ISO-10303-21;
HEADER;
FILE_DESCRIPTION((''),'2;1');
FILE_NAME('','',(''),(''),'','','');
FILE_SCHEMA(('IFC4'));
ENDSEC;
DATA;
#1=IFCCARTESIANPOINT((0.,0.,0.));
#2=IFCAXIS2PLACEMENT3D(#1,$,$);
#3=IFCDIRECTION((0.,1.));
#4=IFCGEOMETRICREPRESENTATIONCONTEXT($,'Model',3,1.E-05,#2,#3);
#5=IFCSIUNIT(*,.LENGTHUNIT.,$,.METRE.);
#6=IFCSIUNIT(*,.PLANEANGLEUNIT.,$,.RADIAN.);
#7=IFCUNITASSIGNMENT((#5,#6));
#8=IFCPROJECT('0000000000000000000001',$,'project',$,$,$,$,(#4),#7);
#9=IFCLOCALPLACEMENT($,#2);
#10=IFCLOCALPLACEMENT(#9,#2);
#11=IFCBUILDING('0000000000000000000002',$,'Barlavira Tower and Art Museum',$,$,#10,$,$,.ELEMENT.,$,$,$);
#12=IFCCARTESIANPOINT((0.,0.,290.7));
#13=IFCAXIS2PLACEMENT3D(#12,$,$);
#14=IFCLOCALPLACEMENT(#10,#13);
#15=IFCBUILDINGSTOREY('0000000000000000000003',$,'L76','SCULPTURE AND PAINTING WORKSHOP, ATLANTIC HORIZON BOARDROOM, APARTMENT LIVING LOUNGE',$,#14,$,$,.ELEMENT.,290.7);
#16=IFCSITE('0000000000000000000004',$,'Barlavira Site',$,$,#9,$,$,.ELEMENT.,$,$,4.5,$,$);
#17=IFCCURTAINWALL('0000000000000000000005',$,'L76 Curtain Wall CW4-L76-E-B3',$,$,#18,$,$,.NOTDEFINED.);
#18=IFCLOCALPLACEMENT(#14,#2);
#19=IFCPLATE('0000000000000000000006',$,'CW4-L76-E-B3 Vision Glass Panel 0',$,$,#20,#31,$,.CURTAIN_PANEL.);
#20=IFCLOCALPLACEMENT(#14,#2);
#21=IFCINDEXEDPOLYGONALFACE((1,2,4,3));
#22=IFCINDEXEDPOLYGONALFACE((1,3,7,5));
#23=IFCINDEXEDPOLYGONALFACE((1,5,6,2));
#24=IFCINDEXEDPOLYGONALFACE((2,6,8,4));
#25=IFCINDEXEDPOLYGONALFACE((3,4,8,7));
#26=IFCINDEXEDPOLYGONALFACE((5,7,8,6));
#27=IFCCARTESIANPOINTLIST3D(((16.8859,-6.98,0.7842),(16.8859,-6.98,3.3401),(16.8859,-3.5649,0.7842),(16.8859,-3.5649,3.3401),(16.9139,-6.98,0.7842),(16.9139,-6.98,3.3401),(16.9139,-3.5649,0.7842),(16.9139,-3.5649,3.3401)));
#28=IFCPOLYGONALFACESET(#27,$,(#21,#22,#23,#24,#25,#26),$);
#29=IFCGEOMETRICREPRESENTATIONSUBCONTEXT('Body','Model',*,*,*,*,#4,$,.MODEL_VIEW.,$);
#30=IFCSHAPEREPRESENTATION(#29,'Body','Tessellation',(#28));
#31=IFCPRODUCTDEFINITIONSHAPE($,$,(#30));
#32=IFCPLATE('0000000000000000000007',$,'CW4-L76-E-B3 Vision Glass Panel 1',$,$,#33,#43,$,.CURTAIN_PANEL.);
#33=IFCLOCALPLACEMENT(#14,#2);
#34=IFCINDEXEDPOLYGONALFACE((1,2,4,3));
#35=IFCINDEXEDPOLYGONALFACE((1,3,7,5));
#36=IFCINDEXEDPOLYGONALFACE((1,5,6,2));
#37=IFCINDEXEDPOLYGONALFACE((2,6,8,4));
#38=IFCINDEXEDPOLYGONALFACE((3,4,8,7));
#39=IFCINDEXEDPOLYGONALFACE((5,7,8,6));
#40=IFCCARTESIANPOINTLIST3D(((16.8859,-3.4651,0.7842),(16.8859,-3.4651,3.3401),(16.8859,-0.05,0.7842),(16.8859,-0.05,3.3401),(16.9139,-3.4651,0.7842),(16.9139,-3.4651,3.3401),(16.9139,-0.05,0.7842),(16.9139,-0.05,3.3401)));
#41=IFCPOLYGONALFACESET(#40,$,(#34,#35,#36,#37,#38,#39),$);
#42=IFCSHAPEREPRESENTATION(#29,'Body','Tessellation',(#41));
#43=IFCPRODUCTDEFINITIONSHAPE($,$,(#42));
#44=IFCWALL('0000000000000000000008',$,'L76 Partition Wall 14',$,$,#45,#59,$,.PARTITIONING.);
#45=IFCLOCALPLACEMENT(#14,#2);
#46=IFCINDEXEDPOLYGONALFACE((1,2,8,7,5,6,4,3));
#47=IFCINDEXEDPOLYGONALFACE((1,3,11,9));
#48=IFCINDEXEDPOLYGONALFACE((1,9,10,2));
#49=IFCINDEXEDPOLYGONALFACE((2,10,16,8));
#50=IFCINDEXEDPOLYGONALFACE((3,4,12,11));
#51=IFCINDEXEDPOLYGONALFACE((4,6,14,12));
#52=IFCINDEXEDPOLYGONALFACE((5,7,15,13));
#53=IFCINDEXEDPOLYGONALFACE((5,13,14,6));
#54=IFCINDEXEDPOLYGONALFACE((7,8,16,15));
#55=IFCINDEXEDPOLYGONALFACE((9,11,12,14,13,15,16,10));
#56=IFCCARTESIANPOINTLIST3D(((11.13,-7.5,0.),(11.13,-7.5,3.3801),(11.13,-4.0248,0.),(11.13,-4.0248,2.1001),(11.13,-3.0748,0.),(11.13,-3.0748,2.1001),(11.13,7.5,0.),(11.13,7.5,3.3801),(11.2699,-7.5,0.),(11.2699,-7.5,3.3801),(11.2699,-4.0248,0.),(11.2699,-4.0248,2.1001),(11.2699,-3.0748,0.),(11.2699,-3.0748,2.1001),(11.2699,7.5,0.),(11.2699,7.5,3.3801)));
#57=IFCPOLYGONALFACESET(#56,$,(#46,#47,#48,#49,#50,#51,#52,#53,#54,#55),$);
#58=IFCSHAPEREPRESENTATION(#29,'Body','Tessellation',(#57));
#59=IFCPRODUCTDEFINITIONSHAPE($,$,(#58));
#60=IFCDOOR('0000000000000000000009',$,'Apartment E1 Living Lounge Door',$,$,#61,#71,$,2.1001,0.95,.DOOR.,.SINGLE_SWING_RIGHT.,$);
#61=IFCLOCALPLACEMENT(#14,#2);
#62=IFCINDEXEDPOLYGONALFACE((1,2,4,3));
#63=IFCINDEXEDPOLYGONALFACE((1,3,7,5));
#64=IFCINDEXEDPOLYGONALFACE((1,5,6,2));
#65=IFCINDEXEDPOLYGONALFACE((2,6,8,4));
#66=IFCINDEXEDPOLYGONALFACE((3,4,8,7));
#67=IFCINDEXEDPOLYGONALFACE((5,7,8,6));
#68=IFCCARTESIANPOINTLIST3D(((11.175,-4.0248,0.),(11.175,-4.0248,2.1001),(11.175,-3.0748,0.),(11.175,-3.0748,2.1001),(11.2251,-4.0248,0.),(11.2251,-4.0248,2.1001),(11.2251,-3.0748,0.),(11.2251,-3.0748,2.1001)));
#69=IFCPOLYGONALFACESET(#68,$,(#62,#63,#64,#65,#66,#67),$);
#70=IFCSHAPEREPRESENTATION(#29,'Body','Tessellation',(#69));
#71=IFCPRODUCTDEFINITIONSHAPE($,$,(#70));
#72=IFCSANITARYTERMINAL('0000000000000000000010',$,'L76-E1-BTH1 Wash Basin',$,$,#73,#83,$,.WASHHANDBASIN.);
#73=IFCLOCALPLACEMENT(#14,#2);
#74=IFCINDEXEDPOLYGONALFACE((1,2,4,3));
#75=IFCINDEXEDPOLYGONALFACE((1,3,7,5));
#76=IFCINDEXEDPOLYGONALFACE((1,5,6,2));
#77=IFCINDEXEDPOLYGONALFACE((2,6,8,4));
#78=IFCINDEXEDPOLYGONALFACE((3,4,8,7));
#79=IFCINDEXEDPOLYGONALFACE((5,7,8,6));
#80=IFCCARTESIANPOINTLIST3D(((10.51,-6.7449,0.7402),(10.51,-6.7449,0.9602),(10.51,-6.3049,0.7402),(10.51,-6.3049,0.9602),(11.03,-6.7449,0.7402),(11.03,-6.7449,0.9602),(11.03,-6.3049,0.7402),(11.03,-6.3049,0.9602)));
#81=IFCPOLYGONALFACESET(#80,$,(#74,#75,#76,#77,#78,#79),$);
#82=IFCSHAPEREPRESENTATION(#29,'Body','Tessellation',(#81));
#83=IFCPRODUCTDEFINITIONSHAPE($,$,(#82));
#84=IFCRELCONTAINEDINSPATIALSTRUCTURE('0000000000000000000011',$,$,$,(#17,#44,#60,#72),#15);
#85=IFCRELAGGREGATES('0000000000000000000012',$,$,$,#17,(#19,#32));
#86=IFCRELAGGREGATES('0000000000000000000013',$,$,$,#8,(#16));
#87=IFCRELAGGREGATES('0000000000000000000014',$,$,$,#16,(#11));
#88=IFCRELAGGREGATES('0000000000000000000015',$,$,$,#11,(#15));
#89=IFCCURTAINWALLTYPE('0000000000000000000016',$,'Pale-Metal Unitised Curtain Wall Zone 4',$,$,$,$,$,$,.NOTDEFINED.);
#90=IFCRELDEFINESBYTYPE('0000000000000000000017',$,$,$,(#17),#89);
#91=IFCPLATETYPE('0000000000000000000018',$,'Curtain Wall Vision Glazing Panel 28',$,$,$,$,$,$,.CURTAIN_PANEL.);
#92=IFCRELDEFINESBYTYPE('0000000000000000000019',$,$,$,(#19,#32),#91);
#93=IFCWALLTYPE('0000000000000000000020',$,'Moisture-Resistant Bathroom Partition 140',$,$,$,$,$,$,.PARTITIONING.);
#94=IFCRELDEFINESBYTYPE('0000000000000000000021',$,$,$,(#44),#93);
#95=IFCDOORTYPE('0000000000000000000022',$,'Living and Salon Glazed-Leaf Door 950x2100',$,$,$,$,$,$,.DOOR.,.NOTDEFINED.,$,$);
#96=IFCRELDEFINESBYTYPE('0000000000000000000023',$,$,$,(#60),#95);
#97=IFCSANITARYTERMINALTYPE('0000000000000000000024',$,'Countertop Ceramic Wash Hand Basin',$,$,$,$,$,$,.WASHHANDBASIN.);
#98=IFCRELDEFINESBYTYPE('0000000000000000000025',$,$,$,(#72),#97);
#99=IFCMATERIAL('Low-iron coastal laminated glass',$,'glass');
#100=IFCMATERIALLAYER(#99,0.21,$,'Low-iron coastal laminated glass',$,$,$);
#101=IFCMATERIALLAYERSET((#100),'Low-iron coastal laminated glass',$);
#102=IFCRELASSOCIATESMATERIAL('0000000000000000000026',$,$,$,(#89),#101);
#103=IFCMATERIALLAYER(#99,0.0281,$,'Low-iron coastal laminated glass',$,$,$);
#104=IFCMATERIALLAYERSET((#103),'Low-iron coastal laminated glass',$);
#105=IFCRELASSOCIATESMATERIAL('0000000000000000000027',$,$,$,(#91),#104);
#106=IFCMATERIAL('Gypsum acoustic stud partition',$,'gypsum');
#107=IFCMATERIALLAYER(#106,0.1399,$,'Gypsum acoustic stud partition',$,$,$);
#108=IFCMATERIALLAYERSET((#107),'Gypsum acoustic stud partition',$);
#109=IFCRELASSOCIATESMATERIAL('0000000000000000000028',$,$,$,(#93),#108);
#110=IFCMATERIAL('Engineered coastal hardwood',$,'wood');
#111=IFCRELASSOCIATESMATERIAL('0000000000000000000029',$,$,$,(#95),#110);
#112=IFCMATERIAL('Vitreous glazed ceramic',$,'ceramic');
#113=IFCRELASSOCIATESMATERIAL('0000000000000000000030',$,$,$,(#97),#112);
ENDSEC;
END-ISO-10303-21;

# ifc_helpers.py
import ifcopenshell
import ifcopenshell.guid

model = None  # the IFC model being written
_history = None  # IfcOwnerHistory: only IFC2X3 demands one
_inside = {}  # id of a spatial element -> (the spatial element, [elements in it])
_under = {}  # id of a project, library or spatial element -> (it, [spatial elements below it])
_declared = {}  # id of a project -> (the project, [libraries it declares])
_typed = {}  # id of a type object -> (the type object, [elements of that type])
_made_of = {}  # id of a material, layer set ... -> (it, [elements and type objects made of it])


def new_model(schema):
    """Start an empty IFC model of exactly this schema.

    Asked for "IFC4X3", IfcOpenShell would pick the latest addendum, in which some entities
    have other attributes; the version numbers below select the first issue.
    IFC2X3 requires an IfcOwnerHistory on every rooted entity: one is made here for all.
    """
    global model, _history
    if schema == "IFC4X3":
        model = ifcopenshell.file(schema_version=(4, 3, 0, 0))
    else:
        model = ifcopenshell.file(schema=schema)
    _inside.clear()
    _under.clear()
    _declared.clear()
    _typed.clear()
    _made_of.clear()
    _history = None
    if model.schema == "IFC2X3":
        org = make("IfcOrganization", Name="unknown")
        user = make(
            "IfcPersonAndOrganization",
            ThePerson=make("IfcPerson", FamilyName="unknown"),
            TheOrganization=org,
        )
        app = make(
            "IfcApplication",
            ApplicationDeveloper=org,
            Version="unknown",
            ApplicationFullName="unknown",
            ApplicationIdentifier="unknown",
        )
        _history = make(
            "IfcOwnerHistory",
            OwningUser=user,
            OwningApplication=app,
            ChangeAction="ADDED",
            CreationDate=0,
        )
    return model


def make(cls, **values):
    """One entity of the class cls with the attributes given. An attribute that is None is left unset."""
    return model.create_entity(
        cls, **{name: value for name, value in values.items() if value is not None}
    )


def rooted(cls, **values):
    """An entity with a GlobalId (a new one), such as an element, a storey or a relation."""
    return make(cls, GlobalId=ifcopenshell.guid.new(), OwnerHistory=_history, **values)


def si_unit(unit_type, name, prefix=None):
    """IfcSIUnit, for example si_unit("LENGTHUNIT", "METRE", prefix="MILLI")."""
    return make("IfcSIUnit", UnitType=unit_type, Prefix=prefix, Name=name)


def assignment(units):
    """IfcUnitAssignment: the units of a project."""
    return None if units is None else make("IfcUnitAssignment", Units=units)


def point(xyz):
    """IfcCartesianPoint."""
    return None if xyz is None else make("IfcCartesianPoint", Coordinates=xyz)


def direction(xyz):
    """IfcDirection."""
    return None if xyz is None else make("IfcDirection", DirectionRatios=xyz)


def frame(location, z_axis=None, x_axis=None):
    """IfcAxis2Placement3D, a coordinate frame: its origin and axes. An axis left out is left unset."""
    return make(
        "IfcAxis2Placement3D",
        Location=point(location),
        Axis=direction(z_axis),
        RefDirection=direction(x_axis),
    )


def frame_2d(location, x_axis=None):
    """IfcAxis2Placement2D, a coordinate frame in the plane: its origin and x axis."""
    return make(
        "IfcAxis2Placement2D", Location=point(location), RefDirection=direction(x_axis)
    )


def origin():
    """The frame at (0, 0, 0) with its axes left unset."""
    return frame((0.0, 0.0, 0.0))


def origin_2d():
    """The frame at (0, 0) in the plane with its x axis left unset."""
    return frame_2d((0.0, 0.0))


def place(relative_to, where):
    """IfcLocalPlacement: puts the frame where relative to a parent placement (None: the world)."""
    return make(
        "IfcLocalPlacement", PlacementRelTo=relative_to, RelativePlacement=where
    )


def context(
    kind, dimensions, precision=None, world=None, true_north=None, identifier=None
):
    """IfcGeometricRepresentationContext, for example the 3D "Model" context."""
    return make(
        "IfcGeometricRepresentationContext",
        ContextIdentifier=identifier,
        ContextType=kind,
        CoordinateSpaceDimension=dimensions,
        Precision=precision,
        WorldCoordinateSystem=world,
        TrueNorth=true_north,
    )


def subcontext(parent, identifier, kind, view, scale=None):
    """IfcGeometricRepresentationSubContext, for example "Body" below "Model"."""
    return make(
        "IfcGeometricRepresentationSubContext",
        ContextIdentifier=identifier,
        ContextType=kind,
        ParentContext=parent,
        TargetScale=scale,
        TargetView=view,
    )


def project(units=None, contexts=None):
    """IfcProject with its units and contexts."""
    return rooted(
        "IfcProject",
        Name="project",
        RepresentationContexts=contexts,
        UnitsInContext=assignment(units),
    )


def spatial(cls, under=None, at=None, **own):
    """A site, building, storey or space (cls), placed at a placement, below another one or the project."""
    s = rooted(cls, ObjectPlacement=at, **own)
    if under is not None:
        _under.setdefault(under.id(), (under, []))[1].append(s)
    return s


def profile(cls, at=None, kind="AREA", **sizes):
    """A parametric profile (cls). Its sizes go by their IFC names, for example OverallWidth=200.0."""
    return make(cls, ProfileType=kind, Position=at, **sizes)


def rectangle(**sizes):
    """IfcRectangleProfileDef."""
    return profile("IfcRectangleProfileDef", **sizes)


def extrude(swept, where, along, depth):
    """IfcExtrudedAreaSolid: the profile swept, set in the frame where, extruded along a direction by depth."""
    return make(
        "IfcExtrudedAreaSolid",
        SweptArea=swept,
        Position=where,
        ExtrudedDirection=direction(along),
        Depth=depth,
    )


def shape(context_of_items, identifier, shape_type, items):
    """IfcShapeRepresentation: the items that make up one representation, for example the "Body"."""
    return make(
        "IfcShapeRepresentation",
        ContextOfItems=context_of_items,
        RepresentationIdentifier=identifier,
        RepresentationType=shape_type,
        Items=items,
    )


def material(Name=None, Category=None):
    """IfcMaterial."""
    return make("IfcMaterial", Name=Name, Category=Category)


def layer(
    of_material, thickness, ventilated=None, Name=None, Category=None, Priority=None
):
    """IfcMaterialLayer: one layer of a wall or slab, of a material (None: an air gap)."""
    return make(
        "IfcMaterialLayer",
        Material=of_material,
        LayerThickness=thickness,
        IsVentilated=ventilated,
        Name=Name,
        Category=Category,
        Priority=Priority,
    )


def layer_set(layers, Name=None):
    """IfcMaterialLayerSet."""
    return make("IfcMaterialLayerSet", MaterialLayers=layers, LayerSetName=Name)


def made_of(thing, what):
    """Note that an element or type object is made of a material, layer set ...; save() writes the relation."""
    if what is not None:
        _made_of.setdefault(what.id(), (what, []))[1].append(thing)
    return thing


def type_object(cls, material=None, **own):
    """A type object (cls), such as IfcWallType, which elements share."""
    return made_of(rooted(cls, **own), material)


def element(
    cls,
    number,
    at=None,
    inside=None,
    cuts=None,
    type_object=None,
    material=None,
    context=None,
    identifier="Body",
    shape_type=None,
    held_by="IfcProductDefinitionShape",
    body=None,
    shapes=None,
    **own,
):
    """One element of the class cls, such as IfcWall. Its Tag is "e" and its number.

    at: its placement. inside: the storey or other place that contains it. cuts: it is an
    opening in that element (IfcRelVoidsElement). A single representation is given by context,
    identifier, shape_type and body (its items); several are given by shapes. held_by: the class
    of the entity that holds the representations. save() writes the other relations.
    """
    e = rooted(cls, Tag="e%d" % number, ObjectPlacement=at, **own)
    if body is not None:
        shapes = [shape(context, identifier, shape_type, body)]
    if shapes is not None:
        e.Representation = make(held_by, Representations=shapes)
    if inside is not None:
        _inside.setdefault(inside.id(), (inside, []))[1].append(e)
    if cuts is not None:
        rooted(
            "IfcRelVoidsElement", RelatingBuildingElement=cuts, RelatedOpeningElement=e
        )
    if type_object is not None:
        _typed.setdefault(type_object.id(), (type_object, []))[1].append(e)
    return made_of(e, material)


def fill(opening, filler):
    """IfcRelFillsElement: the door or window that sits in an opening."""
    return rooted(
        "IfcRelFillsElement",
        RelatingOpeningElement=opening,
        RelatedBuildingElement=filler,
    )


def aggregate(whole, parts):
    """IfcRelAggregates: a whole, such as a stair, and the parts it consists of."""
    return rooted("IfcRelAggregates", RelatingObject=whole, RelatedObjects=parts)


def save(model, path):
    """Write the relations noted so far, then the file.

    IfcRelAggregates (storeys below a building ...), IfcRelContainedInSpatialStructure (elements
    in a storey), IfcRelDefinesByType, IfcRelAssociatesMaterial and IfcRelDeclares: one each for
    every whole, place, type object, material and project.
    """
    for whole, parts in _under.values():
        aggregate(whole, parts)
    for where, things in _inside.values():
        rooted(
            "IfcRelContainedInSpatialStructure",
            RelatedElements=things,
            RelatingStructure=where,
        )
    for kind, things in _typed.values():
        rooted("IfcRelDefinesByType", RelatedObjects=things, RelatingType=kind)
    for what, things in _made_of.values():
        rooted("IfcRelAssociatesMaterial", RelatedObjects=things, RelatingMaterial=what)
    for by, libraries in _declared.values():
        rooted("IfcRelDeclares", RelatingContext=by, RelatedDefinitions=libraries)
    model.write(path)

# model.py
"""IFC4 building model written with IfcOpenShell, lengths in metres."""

from ifc_helpers import new_model, si_unit, direction, frame, frame_2d, origin, origin_2d, place, context, subcontext, project, spatial, rectangle, extrude, material, layer, layer_set, type_object, element, fill, aggregate, save


model = new_model("IFC4")

# Units and contexts
model_context = context("Model", 3, precision=1e-05, world=origin(), true_north=direction((0.0, 1.0)))
body_context = subcontext(model_context, "Body", "Model", "MODEL_VIEW")
ifc_project = project(units=[si_unit("LENGTHUNIT", "METRE"), si_unit("PLANEANGLEUNIT", "RADIAN")], contexts=[model_context])

# Site, building, storey
site_placement = place(None, origin())
site = spatial("IfcSite", under=ifc_project, at=site_placement, Name="Barlavira Site", CompositionType="ELEMENT", RefElevation=4.5)
building_placement = place(site_placement, origin())
building = spatial("IfcBuilding", under=site, at=building_placement, Name="Barlavira Tower and Art Museum", CompositionType="ELEMENT")
storey_placement = place(building_placement, frame((0.0, 0.0, 290.7)))
storey = spatial("IfcBuildingStorey", under=building, at=storey_placement, Name="L76", Description="SCULPTURE AND PAINTING WORKSHOP, ATLANTIC HORIZON BOARDROOM, APARTMENT LIVING LOUNGE", CompositionType="ELEMENT", Elevation=290.7)

# Curtain wall
ifc_material_1 = material(Name="Low-iron coastal laminated glass", Category="glass")
ifc_layer_1 = layer(ifc_material_1, 0.21, Name="Low-iron coastal laminated glass")
ifc_layer_set_1 = layer_set([ifc_layer_1], Name="Low-iron coastal laminated glass")
curtain_wall_type = type_object("IfcCurtainWallType", Name="Pale-Metal Unitised Curtain Wall Zone 4", PredefinedType="NOTDEFINED", material=ifc_layer_set_1)
curtain_wall_placement = place(storey_placement, origin())
curtain_wall = element("IfcCurtainWall", 1, at=curtain_wall_placement, inside=storey, type_object=curtain_wall_type, Name="L76 Curtain Wall CW4-L76-E-B3", PredefinedType="NOTDEFINED")

# Plates
ifc_layer_2 = layer(ifc_material_1, 0.0281, Name="Low-iron coastal laminated glass")
ifc_layer_set_2 = layer_set([ifc_layer_2], Name="Low-iron coastal laminated glass")
plate_type_1 = type_object("IfcPlateType", Name="Curtain Wall Vision Glazing Panel 28", PredefinedType="CURTAIN_PANEL", material=ifc_layer_set_2)
plate_1_placement = place(storey_placement, frame((16.8999, -5.2725, 0.7842), z_axis=(0.0, 0.0, 1.0), x_axis=(0.0, 1.0, 0.0)))
plate_1 = element("IfcPlate", 2, at=plate_1_placement, type_object=plate_type_1, Name="CW4-L76-E-B3 Vision Glass Panel 0", PredefinedType="CURTAIN_PANEL", context=body_context, shape_type="SweptSolid", body=[
    extrude(rectangle(XDim=3.415, YDim=0.0281, at=origin_2d()), origin(), (0.0, 0.0, 1.0), 2.5559),
])
plate_2_placement = place(storey_placement, frame((16.8999, -1.7576, 0.7842), z_axis=(0.0, 0.0, 1.0), x_axis=(0.0, 1.0, 0.0)))
plate_2 = element("IfcPlate", 3, at=plate_2_placement, type_object=plate_type_1, Name="CW4-L76-E-B3 Vision Glass Panel 1", PredefinedType="CURTAIN_PANEL", context=body_context, shape_type="SweptSolid", body=[
    extrude(rectangle(XDim=3.415, YDim=0.0281, at=origin_2d()), origin(), (0.0, 0.0, 1.0), 2.5559),
])
aggregate(curtain_wall, [plate_1, plate_2])

# Shared definitions
ifc_material_2 = material(Name="Gypsum acoustic stud partition", Category="gypsum")

# Wall, opening, door
ifc_layer_3 = layer(ifc_material_2, 0.1399, Name="Gypsum acoustic stud partition")
ifc_layer_set_3 = layer_set([ifc_layer_3], Name="Gypsum acoustic stud partition")
wall_type_1 = type_object("IfcWallType", Name="Moisture-Resistant Bathroom Partition 140", PredefinedType="PARTITIONING", material=ifc_layer_set_3)
wall_1_placement = place(storey_placement, frame((11.2, -7.5, 0.0), z_axis=(0.0, 0.0, 1.0), x_axis=(0.0, 1.0, 0.0)))
wall_1 = element("IfcWall", 4, at=wall_1_placement, inside=storey, type_object=wall_type_1, Name="L76 Partition Wall 14", PredefinedType="PARTITIONING", context=body_context, shape_type="SweptSolid", body=[
    extrude(rectangle(XDim=15.0, YDim=0.1399, at=frame_2d((7.5, 0.0))), origin(), (0.0, 0.0, 1.0), 3.3801),
])
opening_placement = place(wall_1_placement, frame((3.4751, 0.0, 0.0)))
opening = element("IfcOpeningElement", 5, at=opening_placement, cuts=wall_1, PredefinedType="OPENING", context=body_context, shape_type="SweptSolid", body=[
    extrude(rectangle(XDim=0.95, YDim=2.1001, at=frame_2d((0.4751, 1.05))), frame((0.0, 0.0801, 0.0), z_axis=(0.0, -1.0, 0.0), x_axis=(1.0, 0.0, 0.0)), (0.0, 0.0, 1.0), 0.1599),
])
ifc_material_3 = material(Name="Engineered coastal hardwood", Category="wood")
door_type = type_object("IfcDoorType", Name="Living and Salon Glazed-Leaf Door 950x2100", OperationType="NOTDEFINED", PredefinedType="DOOR", material=ifc_material_3)
door_placement = place(opening_placement, origin())
door = element("IfcDoor", 6, at=door_placement, inside=storey, type_object=door_type, Name="Apartment E1 Living Lounge Door", OperationType="SINGLE_SWING_RIGHT", OverallHeight=2.1001, OverallWidth=0.95, PredefinedType="DOOR", context=body_context, shape_type="SweptSolid", body=[
    extrude(rectangle(XDim=0.95, YDim=2.1001, at=frame_2d((0.4751, 1.05))), frame((0.0, 0.0249, 0.0), z_axis=(0.0, -1.0, 0.0), x_axis=(1.0, 0.0, 0.0)), (0.0, 0.0, 1.0), 0.05),
])
fill(opening, door)

# Sanitary terminal
ifc_material_4 = material(Name="Vitreous glazed ceramic", Category="ceramic")
sanitary_terminal_type = type_object("IfcSanitaryTerminalType", Name="Countertop Ceramic Wash Hand Basin", PredefinedType="WASHHANDBASIN", material=ifc_material_4)
sanitary_terminal_placement = place(storey_placement, frame((10.77, -6.5249, 0.7402), z_axis=(0.0, 0.0, 1.0), x_axis=(1.0, 0.0, 0.0)))
element("IfcSanitaryTerminal", 7, at=sanitary_terminal_placement, inside=storey, type_object=sanitary_terminal_type, Name="L76-E1-BTH1 Wash Basin", PredefinedType="WASHHANDBASIN", context=body_context, shape_type="SweptSolid", body=[
    extrude(rectangle(XDim=0.52, YDim=0.4399, at=origin_2d()), origin(), (0.0, 0.0, 1.0), 0.22),
])

save(model, "model.ifc")
